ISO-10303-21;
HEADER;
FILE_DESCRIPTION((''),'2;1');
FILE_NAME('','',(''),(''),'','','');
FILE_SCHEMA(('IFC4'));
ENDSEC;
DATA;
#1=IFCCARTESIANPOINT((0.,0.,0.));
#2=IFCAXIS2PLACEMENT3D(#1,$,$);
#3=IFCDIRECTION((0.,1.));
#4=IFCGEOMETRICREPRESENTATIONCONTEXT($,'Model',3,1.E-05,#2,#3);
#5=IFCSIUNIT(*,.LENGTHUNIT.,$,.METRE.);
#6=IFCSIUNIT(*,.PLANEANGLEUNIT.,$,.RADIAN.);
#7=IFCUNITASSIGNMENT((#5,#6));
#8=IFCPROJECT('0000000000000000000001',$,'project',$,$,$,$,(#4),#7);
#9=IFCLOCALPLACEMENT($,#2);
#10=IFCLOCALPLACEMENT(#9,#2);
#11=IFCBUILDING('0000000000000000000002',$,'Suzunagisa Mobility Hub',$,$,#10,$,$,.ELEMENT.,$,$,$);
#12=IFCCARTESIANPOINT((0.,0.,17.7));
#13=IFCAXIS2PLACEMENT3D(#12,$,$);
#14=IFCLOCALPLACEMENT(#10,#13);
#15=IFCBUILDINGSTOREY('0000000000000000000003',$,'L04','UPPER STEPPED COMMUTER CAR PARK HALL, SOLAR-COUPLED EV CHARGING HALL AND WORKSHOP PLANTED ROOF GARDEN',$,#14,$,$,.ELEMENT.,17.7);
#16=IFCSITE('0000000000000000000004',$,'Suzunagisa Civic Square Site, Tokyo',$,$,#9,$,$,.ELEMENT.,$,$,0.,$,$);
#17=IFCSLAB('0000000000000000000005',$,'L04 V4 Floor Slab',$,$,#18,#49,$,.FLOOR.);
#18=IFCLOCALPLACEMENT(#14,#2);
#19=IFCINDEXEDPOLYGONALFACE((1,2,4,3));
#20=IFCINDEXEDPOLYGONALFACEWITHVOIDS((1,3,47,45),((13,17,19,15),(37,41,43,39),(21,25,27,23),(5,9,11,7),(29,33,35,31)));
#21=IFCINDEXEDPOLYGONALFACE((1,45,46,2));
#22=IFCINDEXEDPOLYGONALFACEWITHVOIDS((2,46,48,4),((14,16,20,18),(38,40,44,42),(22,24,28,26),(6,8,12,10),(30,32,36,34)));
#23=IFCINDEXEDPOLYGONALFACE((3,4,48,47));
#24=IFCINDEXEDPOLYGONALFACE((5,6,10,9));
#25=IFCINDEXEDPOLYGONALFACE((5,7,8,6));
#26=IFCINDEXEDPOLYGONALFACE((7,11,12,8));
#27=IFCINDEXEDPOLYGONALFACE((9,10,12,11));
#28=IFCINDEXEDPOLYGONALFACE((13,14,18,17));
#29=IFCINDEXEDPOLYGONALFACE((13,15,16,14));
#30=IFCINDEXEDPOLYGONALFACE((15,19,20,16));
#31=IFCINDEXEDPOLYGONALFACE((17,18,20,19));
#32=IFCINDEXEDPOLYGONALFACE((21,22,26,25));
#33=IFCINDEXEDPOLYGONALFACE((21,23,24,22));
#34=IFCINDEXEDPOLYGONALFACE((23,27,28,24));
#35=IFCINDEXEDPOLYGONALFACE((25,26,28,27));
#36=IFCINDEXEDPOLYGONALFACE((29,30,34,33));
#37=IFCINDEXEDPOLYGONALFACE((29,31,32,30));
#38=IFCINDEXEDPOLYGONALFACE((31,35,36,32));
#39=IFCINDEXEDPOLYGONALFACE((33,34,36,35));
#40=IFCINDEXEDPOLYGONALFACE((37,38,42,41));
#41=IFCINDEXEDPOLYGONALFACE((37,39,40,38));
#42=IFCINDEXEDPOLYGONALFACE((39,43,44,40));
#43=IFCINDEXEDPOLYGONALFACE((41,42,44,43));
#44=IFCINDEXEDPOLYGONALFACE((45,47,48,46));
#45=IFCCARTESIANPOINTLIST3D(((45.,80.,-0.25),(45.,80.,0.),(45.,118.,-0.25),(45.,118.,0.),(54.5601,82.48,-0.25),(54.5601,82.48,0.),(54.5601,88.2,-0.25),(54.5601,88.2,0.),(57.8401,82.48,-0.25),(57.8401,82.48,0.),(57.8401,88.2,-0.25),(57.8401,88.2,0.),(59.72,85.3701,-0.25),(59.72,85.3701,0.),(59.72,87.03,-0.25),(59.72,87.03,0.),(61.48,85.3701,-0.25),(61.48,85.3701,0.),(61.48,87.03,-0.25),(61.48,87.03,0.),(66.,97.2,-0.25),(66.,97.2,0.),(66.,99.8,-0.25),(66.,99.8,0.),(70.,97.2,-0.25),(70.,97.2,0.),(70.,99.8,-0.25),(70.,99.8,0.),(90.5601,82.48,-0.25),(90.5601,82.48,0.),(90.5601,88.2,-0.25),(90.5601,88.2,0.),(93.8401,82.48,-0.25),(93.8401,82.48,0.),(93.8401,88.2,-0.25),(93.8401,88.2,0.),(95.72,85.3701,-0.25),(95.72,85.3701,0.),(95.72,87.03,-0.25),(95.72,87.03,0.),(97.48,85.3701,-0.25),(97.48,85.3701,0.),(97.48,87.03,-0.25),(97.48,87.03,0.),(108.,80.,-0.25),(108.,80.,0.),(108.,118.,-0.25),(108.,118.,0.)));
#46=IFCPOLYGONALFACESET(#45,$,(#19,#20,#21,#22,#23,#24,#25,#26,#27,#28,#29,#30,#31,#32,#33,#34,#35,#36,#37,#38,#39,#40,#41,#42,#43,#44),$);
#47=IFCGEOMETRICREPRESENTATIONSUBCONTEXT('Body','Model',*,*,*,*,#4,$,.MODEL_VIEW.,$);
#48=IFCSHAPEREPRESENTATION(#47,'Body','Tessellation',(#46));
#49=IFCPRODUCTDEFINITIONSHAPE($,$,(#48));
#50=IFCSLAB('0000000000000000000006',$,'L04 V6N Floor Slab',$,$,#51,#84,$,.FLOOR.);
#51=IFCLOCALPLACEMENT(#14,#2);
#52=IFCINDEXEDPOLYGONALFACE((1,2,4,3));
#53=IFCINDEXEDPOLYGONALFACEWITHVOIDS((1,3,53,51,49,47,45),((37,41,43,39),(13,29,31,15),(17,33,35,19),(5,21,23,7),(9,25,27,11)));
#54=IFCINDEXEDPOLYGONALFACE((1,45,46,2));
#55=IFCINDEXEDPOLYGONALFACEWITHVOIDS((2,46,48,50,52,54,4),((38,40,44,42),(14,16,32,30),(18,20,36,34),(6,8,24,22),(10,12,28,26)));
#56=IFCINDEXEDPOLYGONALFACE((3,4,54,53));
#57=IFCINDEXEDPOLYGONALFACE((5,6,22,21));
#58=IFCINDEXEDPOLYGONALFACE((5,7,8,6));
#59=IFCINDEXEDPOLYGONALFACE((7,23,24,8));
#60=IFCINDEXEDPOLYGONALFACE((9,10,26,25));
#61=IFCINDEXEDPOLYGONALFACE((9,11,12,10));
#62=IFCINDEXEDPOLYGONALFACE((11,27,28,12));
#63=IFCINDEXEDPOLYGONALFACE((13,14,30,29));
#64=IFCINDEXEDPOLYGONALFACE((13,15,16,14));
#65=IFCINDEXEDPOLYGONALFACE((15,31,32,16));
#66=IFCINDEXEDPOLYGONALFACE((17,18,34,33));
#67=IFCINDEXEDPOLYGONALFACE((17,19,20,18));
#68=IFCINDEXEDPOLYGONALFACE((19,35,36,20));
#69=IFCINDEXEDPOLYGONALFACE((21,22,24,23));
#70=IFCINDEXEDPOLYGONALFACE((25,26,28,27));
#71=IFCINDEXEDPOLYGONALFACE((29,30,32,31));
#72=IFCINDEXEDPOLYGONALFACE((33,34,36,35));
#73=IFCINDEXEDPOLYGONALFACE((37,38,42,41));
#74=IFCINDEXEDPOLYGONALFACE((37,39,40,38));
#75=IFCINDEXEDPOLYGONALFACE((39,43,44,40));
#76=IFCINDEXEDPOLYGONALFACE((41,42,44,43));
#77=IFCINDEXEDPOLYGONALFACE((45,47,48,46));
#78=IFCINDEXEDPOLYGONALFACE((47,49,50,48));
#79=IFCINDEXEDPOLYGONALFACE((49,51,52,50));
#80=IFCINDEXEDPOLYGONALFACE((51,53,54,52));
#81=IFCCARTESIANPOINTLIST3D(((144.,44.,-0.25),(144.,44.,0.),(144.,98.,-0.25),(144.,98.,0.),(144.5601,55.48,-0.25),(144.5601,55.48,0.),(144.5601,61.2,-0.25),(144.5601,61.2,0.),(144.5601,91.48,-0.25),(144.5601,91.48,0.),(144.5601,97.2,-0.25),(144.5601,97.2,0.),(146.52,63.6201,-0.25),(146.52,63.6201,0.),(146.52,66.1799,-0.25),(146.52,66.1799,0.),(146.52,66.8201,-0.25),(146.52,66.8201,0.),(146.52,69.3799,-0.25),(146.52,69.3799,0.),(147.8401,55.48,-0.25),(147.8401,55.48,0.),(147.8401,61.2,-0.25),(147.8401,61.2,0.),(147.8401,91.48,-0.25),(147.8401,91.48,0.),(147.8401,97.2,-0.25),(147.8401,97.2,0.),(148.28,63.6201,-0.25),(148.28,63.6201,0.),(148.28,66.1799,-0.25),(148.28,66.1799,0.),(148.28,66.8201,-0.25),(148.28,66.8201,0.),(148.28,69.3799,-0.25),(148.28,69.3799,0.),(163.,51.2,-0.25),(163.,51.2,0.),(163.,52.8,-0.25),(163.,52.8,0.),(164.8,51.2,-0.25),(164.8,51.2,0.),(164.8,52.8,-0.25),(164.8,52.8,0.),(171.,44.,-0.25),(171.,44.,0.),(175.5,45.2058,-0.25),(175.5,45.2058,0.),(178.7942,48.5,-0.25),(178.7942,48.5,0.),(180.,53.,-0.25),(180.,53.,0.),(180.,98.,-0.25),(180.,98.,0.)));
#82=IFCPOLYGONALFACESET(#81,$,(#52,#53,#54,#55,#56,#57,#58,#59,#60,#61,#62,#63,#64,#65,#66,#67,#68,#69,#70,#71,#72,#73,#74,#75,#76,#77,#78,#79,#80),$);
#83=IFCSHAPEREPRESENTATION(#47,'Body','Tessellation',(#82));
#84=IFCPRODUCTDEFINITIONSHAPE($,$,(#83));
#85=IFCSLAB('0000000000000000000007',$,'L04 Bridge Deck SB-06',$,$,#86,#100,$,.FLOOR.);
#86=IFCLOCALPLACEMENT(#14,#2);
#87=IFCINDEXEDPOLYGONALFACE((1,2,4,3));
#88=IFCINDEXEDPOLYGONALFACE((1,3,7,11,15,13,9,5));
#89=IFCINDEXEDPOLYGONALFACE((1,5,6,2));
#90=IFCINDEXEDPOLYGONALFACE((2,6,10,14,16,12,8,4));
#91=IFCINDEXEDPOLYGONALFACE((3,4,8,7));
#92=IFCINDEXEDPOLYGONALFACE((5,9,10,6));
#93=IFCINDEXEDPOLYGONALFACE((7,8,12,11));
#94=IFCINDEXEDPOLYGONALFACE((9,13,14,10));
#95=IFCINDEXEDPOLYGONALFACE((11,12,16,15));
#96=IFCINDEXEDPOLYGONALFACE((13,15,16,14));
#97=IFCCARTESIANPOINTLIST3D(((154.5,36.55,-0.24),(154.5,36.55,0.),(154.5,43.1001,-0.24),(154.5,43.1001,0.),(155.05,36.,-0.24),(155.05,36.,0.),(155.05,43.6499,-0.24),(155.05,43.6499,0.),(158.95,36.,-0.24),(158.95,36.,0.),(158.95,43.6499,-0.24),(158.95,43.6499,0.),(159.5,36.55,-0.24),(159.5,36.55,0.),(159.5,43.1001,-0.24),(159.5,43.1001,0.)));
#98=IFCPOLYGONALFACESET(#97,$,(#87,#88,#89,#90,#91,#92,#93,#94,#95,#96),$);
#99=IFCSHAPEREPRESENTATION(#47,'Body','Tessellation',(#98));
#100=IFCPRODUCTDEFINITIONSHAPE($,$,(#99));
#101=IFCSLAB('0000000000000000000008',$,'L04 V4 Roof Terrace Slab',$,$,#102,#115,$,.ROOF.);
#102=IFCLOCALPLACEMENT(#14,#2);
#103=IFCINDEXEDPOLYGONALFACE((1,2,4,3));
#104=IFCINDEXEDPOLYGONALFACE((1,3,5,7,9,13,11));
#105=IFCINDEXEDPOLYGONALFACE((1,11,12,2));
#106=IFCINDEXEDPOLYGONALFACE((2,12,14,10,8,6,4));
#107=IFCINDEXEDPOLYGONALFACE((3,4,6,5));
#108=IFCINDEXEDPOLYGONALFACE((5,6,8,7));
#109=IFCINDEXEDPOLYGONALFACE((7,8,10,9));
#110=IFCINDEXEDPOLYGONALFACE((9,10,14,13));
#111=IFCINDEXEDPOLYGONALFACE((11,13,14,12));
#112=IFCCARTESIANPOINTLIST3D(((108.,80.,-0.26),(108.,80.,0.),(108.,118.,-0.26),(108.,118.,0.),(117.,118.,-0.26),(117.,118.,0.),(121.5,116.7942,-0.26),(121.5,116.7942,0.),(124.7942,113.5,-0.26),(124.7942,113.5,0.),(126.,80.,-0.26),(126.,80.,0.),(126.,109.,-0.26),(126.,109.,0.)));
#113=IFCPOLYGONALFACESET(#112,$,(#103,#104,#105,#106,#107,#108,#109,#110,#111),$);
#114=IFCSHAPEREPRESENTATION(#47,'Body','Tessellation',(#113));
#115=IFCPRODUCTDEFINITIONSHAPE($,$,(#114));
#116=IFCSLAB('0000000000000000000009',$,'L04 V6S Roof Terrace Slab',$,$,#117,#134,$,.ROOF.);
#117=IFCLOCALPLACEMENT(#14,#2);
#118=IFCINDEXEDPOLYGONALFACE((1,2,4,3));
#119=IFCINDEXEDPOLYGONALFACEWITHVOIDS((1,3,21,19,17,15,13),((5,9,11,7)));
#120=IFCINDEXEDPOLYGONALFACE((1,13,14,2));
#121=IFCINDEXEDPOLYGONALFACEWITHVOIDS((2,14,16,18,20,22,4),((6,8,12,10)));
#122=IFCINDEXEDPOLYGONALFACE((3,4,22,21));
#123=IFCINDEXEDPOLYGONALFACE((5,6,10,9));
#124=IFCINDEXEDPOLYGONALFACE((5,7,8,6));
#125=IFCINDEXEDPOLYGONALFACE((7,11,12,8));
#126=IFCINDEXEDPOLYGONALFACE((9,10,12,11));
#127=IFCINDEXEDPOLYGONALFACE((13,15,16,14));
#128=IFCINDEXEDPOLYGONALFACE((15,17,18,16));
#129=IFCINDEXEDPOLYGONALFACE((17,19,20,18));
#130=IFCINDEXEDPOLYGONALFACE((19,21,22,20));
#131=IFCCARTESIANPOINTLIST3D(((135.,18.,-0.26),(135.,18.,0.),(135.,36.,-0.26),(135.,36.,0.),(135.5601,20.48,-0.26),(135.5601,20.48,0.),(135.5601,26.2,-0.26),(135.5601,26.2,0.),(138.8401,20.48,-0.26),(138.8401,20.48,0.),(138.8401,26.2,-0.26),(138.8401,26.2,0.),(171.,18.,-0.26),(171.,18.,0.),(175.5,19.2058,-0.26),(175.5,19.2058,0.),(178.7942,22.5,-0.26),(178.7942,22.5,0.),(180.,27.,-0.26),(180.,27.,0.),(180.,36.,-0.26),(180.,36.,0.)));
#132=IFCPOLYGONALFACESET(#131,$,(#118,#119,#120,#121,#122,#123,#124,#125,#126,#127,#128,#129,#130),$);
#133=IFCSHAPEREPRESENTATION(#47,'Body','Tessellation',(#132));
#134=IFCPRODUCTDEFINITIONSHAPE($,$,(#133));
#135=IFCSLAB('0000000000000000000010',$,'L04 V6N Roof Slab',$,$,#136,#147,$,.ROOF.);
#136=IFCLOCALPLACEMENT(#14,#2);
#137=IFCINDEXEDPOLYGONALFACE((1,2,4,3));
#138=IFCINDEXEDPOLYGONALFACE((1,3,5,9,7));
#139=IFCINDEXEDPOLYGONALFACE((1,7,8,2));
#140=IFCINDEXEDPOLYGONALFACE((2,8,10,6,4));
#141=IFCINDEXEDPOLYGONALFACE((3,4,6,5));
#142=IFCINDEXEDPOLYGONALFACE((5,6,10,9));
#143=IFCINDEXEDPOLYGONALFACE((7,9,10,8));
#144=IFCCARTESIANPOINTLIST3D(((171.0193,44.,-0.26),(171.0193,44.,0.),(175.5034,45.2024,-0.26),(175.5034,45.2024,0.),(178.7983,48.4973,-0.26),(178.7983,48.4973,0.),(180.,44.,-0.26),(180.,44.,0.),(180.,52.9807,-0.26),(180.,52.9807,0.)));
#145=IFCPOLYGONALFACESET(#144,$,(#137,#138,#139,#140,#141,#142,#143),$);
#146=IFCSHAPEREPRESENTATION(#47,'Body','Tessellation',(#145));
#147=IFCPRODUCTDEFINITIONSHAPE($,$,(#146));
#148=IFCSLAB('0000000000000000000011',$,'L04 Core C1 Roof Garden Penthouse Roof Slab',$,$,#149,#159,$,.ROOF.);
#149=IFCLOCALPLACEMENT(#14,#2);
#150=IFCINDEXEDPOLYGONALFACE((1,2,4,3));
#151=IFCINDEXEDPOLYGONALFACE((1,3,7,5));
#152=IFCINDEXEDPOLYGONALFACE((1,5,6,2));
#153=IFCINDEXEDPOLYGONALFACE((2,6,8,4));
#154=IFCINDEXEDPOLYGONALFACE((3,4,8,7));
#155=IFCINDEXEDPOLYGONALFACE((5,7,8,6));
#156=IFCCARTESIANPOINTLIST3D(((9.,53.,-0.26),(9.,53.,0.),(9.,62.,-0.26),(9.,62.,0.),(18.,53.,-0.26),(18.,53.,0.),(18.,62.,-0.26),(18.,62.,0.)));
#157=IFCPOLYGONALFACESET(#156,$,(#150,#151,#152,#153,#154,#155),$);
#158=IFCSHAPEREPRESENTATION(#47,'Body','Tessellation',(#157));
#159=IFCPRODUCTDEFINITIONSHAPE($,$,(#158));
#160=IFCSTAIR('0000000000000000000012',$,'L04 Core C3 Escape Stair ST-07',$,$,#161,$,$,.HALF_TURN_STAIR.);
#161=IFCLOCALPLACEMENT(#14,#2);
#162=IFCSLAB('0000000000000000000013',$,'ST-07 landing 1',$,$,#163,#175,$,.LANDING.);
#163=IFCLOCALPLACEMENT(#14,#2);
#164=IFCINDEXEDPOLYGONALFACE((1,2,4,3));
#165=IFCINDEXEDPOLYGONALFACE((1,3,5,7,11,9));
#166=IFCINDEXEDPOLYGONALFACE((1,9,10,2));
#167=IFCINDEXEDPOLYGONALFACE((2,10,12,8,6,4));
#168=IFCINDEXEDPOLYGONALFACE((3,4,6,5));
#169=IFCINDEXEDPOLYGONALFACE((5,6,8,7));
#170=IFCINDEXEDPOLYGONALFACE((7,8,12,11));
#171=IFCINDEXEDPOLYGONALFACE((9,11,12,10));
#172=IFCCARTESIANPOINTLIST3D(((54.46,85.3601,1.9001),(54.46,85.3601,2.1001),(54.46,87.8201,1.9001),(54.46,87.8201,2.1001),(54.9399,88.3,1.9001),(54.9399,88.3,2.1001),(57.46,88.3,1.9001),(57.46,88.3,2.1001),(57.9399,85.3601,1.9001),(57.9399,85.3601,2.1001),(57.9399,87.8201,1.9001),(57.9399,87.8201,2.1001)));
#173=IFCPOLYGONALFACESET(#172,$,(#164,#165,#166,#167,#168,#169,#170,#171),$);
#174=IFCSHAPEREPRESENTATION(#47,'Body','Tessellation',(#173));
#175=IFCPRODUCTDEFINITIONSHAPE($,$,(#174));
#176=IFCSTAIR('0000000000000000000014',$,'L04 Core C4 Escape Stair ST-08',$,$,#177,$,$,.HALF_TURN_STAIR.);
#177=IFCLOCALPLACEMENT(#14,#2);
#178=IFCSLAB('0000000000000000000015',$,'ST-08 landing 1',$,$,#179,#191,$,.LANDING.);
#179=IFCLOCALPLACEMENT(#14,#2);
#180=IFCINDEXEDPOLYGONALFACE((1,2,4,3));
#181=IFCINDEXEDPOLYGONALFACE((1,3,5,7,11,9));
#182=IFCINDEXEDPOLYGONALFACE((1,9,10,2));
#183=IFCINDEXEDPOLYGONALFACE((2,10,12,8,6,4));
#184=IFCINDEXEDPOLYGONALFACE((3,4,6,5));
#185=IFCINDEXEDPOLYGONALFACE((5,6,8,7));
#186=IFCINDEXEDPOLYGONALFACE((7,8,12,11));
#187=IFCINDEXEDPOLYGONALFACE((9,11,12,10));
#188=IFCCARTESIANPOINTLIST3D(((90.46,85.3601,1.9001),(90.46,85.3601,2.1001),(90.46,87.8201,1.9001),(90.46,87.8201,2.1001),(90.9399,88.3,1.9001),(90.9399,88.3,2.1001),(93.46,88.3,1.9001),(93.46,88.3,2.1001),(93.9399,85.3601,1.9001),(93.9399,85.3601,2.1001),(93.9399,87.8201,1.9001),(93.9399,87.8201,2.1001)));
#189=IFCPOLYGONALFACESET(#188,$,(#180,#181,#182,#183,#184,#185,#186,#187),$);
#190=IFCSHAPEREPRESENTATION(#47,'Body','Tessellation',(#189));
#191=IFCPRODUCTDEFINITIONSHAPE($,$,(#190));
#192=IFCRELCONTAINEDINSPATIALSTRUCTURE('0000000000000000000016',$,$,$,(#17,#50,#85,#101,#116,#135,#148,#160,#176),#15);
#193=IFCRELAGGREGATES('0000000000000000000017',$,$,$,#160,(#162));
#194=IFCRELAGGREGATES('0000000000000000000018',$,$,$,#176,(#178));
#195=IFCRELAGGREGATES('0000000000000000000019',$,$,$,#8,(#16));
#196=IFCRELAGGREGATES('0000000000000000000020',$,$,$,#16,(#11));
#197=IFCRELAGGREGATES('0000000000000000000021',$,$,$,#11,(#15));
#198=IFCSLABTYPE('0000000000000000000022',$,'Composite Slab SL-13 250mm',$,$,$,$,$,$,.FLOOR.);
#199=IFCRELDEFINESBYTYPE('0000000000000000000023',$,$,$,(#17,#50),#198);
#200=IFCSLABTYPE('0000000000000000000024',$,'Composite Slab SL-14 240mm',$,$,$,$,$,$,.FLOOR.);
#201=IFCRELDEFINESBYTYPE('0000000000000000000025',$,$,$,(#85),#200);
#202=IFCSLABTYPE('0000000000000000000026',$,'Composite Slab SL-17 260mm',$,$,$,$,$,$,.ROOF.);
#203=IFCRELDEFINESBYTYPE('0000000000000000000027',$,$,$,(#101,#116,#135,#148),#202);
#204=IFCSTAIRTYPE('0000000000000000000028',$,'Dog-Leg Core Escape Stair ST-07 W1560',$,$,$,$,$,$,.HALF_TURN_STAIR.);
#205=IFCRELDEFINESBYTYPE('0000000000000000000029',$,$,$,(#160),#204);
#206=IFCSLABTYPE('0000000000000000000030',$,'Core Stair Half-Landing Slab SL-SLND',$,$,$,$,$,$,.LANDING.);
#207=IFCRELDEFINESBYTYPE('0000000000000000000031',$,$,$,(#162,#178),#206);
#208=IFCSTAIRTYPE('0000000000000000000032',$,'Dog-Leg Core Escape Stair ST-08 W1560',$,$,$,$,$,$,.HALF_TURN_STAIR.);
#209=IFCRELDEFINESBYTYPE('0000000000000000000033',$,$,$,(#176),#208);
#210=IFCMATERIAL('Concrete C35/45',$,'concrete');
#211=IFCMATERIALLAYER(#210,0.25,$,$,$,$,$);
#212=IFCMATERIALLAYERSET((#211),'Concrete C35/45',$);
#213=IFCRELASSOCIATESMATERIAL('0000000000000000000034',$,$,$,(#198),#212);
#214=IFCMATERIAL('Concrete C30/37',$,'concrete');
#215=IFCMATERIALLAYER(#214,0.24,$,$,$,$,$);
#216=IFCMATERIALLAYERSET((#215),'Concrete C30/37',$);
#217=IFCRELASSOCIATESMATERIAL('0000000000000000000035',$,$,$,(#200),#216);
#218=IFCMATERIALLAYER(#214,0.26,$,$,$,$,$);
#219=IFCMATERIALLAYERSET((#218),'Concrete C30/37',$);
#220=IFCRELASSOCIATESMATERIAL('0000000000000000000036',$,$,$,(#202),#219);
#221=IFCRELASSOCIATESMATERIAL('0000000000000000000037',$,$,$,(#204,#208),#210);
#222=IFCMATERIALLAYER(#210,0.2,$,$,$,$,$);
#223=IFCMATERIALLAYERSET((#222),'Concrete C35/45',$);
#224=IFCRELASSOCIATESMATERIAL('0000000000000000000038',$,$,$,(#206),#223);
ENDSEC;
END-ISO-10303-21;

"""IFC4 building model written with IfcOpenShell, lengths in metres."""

from ifc_helpers import new_model, si_unit, direction, frame, origin, place, context, subcontext, project, spatial, polyline, outline, extrude, material, layer, layer_set, type_object, element, aggregate, save


model = new_model("IFC4")

# Units and contexts
model_context = context("Model", 3, precision=1e-05, world=origin(), true_north=direction((0.0, 1.0)))
body_context = subcontext(model_context, "Body", "Model", "MODEL_VIEW")
ifc_project = project(units=[si_unit("LENGTHUNIT", "METRE"), si_unit("PLANEANGLEUNIT", "RADIAN")], contexts=[model_context])

# Site, building, storey
site_placement = place(None, origin())
site = spatial("IfcSite", under=ifc_project, at=site_placement, Name="Suzunagisa Civic Square Site, Tokyo", CompositionType="ELEMENT", RefElevation=0.0)
building_placement = place(site_placement, origin())
building = spatial("IfcBuilding", under=site, at=building_placement, Name="Suzunagisa Mobility Hub", CompositionType="ELEMENT")
storey_placement = place(building_placement, frame((0.0, 0.0, 17.7)))
storey = spatial("IfcBuildingStorey", under=building, at=storey_placement, Name="L04", Description="UPPER STEPPED COMMUTER CAR PARK HALL, SOLAR-COUPLED EV CHARGING HALL AND WORKSHOP PLANTED ROOF GARDEN", CompositionType="ELEMENT", Elevation=17.7)

# Slabs
ifc_material_1 = material(Name="Concrete C35/45", Category="concrete")
ifc_layer_1 = layer(ifc_material_1, 0.25)
ifc_layer_set_1 = layer_set([ifc_layer_1], Name="Concrete C35/45")
slab_type_1 = type_object("IfcSlabType", Name="Composite Slab SL-13 250mm", PredefinedType="FLOOR", material=ifc_layer_set_1)
slab_1_placement = place(storey_placement, frame((0.0, 0.0, -0.25)))
element("IfcSlab", 1, at=slab_1_placement, inside=storey, type_object=slab_type_1, Name="L04 V4 Floor Slab", PredefinedType="FLOOR", context=body_context, shape_type="SweptSolid", body=[
    extrude(outline(polyline([(45.0, 80.0), (108.0, 80.0), (108.0, 118.0), (45.0, 118.0), (45.0, 80.0)]), holes=[polyline([(66.0, 97.2), (70.0, 97.2), (70.0, 99.8), (66.0, 99.8), (66.0, 97.2)]), polyline([(54.5601, 82.48), (57.8401, 82.48), (57.8401, 88.2), (54.5601, 88.2), (54.5601, 82.48)]), polyline([(59.72, 85.3701), (61.48, 85.3701), (61.48, 87.03), (59.72, 87.03), (59.72, 85.3701)]), polyline([(90.5601, 82.48), (93.8401, 82.48), (93.8401, 88.2), (90.5601, 88.2), (90.5601, 82.48)]), polyline([(95.72, 85.3701), (97.48, 85.3701), (97.48, 87.03), (95.72, 87.03), (95.72, 85.3701)])]), origin(), (0.0, 0.0, 1.0), 0.25),
])
slab_2_placement = place(storey_placement, frame((0.0, 0.0, -0.25)))
element("IfcSlab", 2, at=slab_2_placement, inside=storey, type_object=slab_type_1, Name="L04 V6N Floor Slab", PredefinedType="FLOOR", context=body_context, shape_type="SweptSolid", body=[
    extrude(outline(polyline([(144.0, 44.0), (171.0, 44.0), (175.5, 45.2058), (178.7942, 48.5), (180.0, 53.0), (180.0, 98.0), (144.0, 98.0), (144.0, 44.0)]), holes=[polyline([(163.0, 51.2), (164.8, 51.2), (164.8, 52.8), (163.0, 52.8), (163.0, 51.2)]), polyline([(144.5601, 55.48), (147.8401, 55.48), (147.8401, 61.2), (144.5601, 61.2), (144.5601, 55.48)]), polyline([(146.52, 63.6201), (148.28, 63.6201), (148.28, 66.1799), (146.52, 66.1799), (146.52, 63.6201)]), polyline([(146.52, 66.8201), (148.28, 66.8201), (148.28, 69.3799), (146.52, 69.3799), (146.52, 66.8201)]), polyline([(144.5601, 91.48), (147.8401, 91.48), (147.8401, 97.2), (144.5601, 97.2), (144.5601, 91.48)])]), origin(), (0.0, 0.0, 1.0), 0.25),
])
ifc_material_2 = material(Name="Concrete C30/37", Category="concrete")
ifc_layer_2 = layer(ifc_material_2, 0.24)
ifc_layer_set_2 = layer_set([ifc_layer_2], Name="Concrete C30/37")
slab_type_2 = type_object("IfcSlabType", Name="Composite Slab SL-14 240mm", PredefinedType="FLOOR", material=ifc_layer_set_2)
slab_3_placement = place(storey_placement, frame((0.0, 0.0, -0.24)))
element("IfcSlab", 3, at=slab_3_placement, inside=storey, type_object=slab_type_2, Name="L04 Bridge Deck SB-06", PredefinedType="FLOOR", context=body_context, shape_type="SweptSolid", body=[
    extrude(outline(polyline([(155.05, 36.0), (158.95, 36.0), (159.5, 36.55), (159.5, 43.1001), (158.95, 43.6499), (155.05, 43.6499), (154.5, 43.1001), (154.5, 36.55), (155.05, 36.0)])), origin(), (0.0, 0.0, 1.0), 0.24),
])
ifc_layer_3 = layer(ifc_material_2, 0.26)
ifc_layer_set_3 = layer_set([ifc_layer_3], Name="Concrete C30/37")
slab_type_3 = type_object("IfcSlabType", Name="Composite Slab SL-17 260mm", PredefinedType="ROOF", material=ifc_layer_set_3)
slab_4_placement = place(storey_placement, frame((0.0, 0.0, -0.26)))
element("IfcSlab", 4, at=slab_4_placement, inside=storey, type_object=slab_type_3, Name="L04 V4 Roof Terrace Slab", PredefinedType="ROOF", context=body_context, shape_type="SweptSolid", body=[
    extrude(outline(polyline([(108.0, 80.0), (126.0, 80.0), (126.0, 109.0), (124.7942, 113.5), (121.5, 116.7942), (117.0, 118.0), (108.0, 118.0), (108.0, 80.0)])), origin(), (0.0, 0.0, 1.0), 0.26),
])
slab_5_placement = place(storey_placement, frame((0.0, 0.0, -0.26)))
element("IfcSlab", 5, at=slab_5_placement, inside=storey, type_object=slab_type_3, Name="L04 V6S Roof Terrace Slab", PredefinedType="ROOF", context=body_context, shape_type="SweptSolid", body=[
    extrude(outline(polyline([(135.0, 18.0), (171.0, 18.0), (175.5, 19.2058), (178.7942, 22.5), (180.0, 27.0), (180.0, 36.0), (135.0, 36.0), (135.0, 18.0)]), holes=[polyline([(135.5601, 20.48), (138.8401, 20.48), (138.8401, 26.2), (135.5601, 26.2), (135.5601, 20.48)])]), origin(), (0.0, 0.0, 1.0), 0.26),
])
slab_6_placement = place(storey_placement, frame((0.0, 0.0, -0.26)))
element("IfcSlab", 6, at=slab_6_placement, inside=storey, type_object=slab_type_3, Name="L04 V6N Roof Slab", PredefinedType="ROOF", context=body_context, shape_type="SweptSolid", body=[
    extrude(outline(polyline([(180.0, 52.9807), (178.7983, 48.4973), (175.5034, 45.2024), (171.0193, 44.0), (180.0, 44.0), (180.0, 52.9807)])), origin(), (0.0, 0.0, 1.0), 0.26),
])
slab_7_placement = place(storey_placement, frame((0.0, 0.0, -0.26)))
element("IfcSlab", 7, at=slab_7_placement, inside=storey, type_object=slab_type_3, Name="L04 Core C1 Roof Garden Penthouse Roof Slab", PredefinedType="ROOF", context=body_context, shape_type="SweptSolid", body=[
    extrude(outline(polyline([(9.0, 53.0), (18.0, 53.0), (18.0, 62.0), (9.0, 62.0), (9.0, 53.0)])), origin(), (0.0, 0.0, 1.0), 0.26),
])

# Stairs, slabs
stair_type_1 = type_object("IfcStairType", Name="Dog-Leg Core Escape Stair ST-07 W1560", PredefinedType="HALF_TURN_STAIR", material=ifc_material_1)
stair_1_placement = place(storey_placement, origin())
stair_1 = element("IfcStair", 8, at=stair_1_placement, inside=storey, type_object=stair_type_1, Name="L04 Core C3 Escape Stair ST-07", PredefinedType="HALF_TURN_STAIR")
ifc_layer_4 = layer(ifc_material_1, 0.2)
ifc_layer_set_4 = layer_set([ifc_layer_4], Name="Concrete C35/45")
slab_type_4 = type_object("IfcSlabType", Name="Core Stair Half-Landing Slab SL-SLND", PredefinedType="LANDING", material=ifc_layer_set_4)
slab_8_placement = place(storey_placement, frame((0.0, 0.0, 1.9001)))
slab_8 = element("IfcSlab", 9, at=slab_8_placement, type_object=slab_type_4, Name="ST-07 landing 1", PredefinedType="LANDING", context=body_context, shape_type="SweptSolid", body=[
    extrude(outline(polyline([(54.46, 85.3601), (57.9399, 85.3601), (57.9399, 87.8201), (57.46, 88.3), (54.9399, 88.3), (54.46, 87.8201), (54.46, 85.3601)])), origin(), (0.0, 0.0, 1.0), 0.2),
])
aggregate(stair_1, [slab_8])
stair_type_2 = type_object("IfcStairType", Name="Dog-Leg Core Escape Stair ST-08 W1560", PredefinedType="HALF_TURN_STAIR", material=ifc_material_1)
stair_2_placement = place(storey_placement, origin())
stair_2 = element("IfcStair", 10, at=stair_2_placement, inside=storey, type_object=stair_type_2, Name="L04 Core C4 Escape Stair ST-08", PredefinedType="HALF_TURN_STAIR")
slab_9_placement = place(storey_placement, frame((0.0, 0.0, 1.9001)))
slab_9 = element("IfcSlab", 11, at=slab_9_placement, type_object=slab_type_4, Name="ST-08 landing 1", PredefinedType="LANDING", context=body_context, shape_type="SweptSolid", body=[
    extrude(outline(polyline([(90.46, 85.3601), (93.9399, 85.3601), (93.9399, 87.8201), (93.46, 88.3), (90.9399, 88.3), (90.46, 87.8201), (90.46, 85.3601)])), origin(), (0.0, 0.0, 1.0), 0.2),
])
aggregate(stair_2, [slab_9])

save(model, "model.ifc")
